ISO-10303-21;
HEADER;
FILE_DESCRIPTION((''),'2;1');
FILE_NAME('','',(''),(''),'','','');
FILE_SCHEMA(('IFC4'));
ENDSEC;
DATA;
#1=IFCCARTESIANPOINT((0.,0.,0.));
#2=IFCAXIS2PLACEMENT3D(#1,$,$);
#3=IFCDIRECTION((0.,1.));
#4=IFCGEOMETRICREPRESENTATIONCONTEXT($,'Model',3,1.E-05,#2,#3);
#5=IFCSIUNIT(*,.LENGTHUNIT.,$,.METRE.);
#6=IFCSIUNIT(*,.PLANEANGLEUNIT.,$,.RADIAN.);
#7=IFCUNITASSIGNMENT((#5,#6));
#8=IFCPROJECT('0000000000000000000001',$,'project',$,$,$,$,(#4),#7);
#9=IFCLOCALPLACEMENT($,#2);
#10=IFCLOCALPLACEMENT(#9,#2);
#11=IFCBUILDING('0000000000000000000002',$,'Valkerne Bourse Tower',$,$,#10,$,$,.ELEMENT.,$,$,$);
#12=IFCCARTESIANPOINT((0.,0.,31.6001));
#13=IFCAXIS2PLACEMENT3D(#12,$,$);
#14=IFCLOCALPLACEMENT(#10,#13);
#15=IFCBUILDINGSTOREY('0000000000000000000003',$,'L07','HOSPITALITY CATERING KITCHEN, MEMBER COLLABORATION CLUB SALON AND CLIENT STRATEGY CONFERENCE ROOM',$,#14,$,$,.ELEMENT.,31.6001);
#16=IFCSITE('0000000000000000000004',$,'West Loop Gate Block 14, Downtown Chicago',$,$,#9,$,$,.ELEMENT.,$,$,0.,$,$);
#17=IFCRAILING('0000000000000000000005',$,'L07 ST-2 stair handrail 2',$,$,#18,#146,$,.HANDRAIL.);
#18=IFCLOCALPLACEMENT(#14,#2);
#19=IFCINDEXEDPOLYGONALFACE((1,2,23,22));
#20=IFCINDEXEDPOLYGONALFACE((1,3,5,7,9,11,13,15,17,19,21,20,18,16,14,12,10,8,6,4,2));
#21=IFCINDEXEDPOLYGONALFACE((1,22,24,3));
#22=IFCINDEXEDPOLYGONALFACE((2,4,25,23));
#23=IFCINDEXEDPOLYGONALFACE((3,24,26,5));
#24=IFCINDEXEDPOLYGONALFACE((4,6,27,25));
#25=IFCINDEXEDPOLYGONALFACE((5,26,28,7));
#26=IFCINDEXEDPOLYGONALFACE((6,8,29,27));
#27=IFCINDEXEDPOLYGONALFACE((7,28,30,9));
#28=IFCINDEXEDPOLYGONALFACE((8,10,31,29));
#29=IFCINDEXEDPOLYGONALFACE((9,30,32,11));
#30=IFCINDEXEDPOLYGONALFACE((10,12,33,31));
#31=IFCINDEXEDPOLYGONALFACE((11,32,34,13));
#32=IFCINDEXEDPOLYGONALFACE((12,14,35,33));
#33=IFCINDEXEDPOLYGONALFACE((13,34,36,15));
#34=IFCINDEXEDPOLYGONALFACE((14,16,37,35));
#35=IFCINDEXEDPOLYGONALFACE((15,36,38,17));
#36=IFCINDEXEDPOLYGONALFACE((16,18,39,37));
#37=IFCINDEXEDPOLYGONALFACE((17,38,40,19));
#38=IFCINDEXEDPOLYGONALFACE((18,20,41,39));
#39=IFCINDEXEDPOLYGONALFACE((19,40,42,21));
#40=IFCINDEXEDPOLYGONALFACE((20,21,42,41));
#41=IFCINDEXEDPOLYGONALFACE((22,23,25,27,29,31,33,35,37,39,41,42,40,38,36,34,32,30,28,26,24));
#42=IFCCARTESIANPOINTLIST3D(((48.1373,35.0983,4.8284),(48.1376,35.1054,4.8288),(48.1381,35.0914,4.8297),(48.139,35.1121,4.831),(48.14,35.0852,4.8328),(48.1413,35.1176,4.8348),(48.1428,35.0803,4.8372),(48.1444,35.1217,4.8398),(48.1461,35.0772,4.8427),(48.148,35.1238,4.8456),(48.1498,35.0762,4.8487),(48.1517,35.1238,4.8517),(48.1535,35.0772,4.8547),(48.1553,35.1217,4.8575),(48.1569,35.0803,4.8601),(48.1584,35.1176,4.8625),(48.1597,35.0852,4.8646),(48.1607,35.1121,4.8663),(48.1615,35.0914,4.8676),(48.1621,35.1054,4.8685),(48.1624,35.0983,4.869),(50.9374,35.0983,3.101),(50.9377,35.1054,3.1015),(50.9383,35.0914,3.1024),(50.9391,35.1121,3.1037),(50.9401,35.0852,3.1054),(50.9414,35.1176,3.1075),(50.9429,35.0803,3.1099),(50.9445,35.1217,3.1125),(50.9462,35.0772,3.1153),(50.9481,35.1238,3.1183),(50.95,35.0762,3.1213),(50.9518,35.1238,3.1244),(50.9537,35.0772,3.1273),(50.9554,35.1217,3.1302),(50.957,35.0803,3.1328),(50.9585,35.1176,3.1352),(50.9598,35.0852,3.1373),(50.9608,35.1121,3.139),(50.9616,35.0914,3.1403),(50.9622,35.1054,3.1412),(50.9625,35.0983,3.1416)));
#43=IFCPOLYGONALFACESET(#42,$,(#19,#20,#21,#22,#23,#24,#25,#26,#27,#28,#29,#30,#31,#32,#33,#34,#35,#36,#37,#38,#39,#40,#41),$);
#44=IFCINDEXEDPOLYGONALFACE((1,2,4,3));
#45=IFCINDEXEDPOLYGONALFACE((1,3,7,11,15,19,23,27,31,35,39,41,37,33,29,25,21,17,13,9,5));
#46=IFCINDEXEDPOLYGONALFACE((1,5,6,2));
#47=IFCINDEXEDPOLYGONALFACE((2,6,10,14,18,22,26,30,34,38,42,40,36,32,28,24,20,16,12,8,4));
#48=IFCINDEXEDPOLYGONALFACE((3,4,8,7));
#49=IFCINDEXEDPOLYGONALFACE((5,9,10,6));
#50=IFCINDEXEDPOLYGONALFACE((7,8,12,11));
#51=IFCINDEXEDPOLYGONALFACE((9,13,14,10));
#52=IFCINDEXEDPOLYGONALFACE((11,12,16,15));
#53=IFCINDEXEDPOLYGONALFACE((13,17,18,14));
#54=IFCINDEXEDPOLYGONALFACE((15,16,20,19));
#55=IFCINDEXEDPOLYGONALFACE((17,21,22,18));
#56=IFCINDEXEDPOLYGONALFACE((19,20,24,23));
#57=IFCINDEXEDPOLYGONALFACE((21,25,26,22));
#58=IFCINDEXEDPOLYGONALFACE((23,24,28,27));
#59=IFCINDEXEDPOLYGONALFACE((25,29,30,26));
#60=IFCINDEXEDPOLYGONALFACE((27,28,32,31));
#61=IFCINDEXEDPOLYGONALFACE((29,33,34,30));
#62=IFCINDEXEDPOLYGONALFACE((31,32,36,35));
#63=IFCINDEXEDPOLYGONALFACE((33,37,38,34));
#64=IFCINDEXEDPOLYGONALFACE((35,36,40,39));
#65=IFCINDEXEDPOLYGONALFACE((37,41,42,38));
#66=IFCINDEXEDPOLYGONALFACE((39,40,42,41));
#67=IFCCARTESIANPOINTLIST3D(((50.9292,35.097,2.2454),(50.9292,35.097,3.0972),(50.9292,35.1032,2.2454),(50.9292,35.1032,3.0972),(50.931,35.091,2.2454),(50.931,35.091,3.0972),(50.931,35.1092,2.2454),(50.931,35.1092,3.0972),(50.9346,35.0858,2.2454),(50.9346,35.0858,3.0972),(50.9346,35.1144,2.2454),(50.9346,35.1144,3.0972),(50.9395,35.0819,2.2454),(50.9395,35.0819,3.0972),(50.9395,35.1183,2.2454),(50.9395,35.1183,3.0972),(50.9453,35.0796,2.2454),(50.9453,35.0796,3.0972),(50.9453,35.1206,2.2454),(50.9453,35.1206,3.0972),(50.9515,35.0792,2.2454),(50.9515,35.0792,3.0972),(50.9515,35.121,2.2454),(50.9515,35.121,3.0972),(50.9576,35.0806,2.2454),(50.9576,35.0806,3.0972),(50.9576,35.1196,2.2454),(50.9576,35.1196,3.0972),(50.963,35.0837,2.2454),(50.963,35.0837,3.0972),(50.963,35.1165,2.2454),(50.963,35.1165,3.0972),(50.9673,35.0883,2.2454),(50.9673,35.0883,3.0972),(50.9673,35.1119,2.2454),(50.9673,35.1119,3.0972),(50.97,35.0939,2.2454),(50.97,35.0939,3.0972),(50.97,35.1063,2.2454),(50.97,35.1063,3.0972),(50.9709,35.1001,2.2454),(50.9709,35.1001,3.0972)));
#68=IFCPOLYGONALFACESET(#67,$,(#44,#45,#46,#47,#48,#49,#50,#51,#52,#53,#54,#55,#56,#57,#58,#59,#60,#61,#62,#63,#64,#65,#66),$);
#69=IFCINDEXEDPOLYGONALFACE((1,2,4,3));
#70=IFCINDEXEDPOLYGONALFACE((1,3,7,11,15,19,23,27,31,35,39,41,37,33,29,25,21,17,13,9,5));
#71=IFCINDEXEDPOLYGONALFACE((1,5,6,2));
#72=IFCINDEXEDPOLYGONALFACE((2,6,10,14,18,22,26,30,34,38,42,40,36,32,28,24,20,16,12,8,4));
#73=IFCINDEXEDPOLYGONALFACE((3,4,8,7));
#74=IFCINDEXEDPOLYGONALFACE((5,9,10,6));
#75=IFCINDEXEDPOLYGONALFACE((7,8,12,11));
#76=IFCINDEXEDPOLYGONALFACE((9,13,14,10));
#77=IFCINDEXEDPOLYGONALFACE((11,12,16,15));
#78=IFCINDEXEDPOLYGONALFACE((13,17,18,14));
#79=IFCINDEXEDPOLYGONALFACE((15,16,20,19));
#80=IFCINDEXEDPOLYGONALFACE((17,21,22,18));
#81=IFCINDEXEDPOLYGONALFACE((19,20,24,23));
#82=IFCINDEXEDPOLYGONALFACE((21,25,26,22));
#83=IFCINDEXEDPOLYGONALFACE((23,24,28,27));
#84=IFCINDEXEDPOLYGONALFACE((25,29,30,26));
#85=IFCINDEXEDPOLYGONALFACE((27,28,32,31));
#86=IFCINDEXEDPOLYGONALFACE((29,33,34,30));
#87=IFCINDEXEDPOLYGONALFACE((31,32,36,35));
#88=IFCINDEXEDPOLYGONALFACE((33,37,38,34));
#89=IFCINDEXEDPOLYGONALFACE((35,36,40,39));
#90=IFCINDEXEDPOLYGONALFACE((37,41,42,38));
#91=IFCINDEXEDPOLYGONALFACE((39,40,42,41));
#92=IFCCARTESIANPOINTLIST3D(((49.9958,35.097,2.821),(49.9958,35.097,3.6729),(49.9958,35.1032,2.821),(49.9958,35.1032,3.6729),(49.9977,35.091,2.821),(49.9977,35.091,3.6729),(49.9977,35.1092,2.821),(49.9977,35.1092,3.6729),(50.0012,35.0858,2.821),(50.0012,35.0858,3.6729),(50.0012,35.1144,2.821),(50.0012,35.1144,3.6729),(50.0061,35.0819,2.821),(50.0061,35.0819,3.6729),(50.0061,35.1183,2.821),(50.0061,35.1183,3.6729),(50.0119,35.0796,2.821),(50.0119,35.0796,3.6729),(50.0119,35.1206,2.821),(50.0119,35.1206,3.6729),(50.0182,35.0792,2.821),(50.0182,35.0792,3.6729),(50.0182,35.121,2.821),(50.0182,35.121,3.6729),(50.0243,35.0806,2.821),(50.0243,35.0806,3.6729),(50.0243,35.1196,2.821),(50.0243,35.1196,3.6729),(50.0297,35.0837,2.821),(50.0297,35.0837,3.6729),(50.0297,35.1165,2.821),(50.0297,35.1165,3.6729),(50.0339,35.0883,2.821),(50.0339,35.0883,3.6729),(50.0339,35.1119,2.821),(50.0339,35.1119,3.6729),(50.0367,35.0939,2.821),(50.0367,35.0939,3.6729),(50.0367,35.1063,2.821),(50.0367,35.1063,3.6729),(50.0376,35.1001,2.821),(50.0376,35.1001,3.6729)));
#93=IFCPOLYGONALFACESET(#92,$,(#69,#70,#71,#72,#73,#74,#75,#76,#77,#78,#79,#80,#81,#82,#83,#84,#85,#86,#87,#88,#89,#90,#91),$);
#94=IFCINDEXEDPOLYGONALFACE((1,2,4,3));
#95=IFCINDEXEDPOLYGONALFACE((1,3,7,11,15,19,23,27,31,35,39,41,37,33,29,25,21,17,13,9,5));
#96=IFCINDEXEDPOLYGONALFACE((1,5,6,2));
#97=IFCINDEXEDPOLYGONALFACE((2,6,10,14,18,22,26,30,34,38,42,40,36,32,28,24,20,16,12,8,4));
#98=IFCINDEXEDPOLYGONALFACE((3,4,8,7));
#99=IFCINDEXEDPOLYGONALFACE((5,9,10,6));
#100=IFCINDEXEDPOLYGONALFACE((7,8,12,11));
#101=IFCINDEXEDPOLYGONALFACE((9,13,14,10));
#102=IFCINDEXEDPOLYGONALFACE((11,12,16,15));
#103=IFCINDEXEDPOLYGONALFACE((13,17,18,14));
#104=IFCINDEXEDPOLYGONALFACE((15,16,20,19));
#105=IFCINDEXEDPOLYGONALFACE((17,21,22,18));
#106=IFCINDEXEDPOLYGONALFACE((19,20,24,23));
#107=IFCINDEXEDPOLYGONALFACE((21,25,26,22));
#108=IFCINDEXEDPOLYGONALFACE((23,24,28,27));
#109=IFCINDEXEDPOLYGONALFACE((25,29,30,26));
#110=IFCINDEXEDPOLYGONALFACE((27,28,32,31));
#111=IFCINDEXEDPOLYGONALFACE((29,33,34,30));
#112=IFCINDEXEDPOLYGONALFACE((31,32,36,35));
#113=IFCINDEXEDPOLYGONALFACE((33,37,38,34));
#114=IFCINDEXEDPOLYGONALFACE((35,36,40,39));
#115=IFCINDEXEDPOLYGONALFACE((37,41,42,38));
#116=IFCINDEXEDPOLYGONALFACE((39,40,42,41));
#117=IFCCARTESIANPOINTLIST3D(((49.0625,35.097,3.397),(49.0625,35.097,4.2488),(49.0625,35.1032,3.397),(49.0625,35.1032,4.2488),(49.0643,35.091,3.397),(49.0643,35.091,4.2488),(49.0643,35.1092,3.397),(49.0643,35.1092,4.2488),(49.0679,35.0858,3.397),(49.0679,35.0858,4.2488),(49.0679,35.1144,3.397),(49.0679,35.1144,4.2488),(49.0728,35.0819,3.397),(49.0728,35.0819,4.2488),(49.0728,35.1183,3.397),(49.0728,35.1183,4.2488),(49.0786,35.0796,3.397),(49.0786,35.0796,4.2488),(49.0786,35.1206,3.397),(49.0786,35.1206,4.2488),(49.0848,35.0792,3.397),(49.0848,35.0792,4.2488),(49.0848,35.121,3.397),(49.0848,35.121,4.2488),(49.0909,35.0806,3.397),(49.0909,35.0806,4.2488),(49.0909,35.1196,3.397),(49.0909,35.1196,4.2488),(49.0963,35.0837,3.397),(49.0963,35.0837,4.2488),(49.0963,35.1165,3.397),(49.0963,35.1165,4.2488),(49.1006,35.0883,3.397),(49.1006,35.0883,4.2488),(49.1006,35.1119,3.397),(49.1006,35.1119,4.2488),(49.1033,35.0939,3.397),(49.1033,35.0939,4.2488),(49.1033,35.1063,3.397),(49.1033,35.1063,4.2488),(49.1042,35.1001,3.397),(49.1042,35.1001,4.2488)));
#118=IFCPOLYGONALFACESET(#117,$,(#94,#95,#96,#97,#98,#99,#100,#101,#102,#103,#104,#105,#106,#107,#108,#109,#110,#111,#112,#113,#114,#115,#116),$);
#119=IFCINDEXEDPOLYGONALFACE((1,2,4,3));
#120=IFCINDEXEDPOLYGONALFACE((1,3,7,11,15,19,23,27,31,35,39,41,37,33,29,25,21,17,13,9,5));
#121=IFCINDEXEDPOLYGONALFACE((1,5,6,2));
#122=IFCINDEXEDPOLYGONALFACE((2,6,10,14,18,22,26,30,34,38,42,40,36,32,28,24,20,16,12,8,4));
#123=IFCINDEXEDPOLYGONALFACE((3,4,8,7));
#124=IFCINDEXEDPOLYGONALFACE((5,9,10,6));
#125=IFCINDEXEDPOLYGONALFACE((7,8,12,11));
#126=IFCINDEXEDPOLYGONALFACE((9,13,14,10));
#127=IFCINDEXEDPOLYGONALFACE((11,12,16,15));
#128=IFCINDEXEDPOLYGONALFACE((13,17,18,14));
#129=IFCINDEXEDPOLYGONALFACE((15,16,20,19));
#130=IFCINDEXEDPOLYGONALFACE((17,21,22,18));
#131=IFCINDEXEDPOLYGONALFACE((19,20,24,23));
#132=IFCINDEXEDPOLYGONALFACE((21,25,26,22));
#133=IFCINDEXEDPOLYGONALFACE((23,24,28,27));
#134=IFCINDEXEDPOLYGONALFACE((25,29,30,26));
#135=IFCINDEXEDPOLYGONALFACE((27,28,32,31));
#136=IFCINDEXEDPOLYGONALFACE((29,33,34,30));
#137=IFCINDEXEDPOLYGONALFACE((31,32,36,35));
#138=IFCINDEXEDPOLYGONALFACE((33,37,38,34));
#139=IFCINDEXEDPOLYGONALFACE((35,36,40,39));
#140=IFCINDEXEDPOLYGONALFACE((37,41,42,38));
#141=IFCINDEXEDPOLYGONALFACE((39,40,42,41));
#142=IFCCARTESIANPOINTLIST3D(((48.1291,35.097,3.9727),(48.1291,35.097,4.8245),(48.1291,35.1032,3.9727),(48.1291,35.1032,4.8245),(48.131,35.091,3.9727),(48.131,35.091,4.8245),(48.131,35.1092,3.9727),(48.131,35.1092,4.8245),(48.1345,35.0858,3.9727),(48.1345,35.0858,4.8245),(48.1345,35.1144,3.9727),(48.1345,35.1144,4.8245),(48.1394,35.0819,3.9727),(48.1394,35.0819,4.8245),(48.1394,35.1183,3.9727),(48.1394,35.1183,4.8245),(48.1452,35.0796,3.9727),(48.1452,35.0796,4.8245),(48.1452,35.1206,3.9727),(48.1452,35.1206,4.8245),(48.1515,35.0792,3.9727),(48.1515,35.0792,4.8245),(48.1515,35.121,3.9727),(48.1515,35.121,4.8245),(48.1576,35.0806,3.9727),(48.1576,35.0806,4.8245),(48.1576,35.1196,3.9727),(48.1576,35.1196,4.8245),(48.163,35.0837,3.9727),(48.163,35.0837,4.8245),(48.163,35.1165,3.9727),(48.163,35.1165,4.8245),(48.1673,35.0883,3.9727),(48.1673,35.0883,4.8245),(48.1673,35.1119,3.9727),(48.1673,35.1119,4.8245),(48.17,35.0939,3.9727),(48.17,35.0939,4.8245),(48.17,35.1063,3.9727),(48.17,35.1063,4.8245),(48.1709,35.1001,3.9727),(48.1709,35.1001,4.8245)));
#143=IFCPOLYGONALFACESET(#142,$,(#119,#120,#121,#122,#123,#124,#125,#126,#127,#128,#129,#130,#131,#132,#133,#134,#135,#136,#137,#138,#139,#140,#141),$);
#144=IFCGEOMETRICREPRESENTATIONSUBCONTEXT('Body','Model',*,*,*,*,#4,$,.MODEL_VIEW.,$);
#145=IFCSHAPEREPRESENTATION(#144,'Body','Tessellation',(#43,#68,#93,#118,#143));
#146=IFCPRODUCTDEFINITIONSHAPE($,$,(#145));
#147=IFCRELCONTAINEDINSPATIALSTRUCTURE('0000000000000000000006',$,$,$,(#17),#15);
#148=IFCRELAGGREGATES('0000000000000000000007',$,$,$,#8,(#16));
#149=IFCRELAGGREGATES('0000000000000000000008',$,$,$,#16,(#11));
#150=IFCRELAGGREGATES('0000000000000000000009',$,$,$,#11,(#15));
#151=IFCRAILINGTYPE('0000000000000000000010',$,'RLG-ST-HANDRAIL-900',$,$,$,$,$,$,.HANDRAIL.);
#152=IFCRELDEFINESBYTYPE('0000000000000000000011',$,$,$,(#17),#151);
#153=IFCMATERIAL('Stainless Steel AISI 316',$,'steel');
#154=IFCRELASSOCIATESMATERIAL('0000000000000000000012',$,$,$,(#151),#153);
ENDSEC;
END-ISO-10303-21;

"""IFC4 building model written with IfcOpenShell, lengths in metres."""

from ifc_helpers import new_model, si_unit, direction, frame, origin, origin_2d, place, context, subcontext, project, spatial, circle, extrude, material, type_object, element, save


model = new_model("IFC4")

# Units and contexts
model_context = context("Model", 3, precision=1e-05, world=origin(), true_north=direction((0.0, 1.0)))
body_context = subcontext(model_context, "Body", "Model", "MODEL_VIEW")
ifc_project = project(units=[si_unit("LENGTHUNIT", "METRE"), si_unit("PLANEANGLEUNIT", "RADIAN")], contexts=[model_context])

# Site, building, storey
site_placement = place(None, origin())
site = spatial("IfcSite", under=ifc_project, at=site_placement, Name="West Loop Gate Block 14, Downtown Chicago", CompositionType="ELEMENT", RefElevation=0.0)
building_placement = place(site_placement, origin())
building = spatial("IfcBuilding", under=site, at=building_placement, Name="Valkerne Bourse Tower", CompositionType="ELEMENT")
storey_placement = place(building_placement, frame((0.0, 0.0, 31.6001)))
storey = spatial("IfcBuildingStorey", under=building, at=storey_placement, Name="L07", Description="HOSPITALITY CATERING KITCHEN, MEMBER COLLABORATION CLUB SALON AND CLIENT STRATEGY CONFERENCE ROOM", CompositionType="ELEMENT", Elevation=31.6001)

# Shared definitions
ifc_material_1 = material(Name="Stainless Steel AISI 316", Category="steel")

# Railing
railing_type_1 = type_object("IfcRailingType", Name="RLG-ST-HANDRAIL-900", PredefinedType="HANDRAIL", material=ifc_material_1)
railing_1_placement = place(storey_placement, frame((50.95, 35.1001, 2.2454)))
element("IfcRailing", 1, at=railing_1_placement, inside=storey, type_object=railing_type_1, Name="L07 ST-2 stair handrail 2", PredefinedType="HANDRAIL", context=body_context, shape_type="SweptSolid", body=[
    extrude(circle(Radius=0.0239, at=origin_2d()), frame((0.0, 0.0, 0.876), z_axis=(-0.85109, 0.0, 0.52502), x_axis=(0.0, -1.0, 0.0)), (0.0, 0.0, 1.0), 3.29),
    extrude(circle(Radius=0.021, at=origin_2d()), origin(), (0.0, 0.0, 1.0), 0.8518),
    extrude(circle(Radius=0.021, at=origin_2d()), frame((-0.9333, 0.0, 0.5757)), (0.0, 0.0, 1.0), 0.8518),
    extrude(circle(Radius=0.021, at=origin_2d()), frame((-1.8667, 0.0, 1.1516)), (0.0, 0.0, 1.0), 0.8518),
    extrude(circle(Radius=0.021, at=origin_2d()), frame((-2.8, 0.0, 1.7273)), (0.0, 0.0, 1.0), 0.8518),
])

save(model, "model.ifc")
